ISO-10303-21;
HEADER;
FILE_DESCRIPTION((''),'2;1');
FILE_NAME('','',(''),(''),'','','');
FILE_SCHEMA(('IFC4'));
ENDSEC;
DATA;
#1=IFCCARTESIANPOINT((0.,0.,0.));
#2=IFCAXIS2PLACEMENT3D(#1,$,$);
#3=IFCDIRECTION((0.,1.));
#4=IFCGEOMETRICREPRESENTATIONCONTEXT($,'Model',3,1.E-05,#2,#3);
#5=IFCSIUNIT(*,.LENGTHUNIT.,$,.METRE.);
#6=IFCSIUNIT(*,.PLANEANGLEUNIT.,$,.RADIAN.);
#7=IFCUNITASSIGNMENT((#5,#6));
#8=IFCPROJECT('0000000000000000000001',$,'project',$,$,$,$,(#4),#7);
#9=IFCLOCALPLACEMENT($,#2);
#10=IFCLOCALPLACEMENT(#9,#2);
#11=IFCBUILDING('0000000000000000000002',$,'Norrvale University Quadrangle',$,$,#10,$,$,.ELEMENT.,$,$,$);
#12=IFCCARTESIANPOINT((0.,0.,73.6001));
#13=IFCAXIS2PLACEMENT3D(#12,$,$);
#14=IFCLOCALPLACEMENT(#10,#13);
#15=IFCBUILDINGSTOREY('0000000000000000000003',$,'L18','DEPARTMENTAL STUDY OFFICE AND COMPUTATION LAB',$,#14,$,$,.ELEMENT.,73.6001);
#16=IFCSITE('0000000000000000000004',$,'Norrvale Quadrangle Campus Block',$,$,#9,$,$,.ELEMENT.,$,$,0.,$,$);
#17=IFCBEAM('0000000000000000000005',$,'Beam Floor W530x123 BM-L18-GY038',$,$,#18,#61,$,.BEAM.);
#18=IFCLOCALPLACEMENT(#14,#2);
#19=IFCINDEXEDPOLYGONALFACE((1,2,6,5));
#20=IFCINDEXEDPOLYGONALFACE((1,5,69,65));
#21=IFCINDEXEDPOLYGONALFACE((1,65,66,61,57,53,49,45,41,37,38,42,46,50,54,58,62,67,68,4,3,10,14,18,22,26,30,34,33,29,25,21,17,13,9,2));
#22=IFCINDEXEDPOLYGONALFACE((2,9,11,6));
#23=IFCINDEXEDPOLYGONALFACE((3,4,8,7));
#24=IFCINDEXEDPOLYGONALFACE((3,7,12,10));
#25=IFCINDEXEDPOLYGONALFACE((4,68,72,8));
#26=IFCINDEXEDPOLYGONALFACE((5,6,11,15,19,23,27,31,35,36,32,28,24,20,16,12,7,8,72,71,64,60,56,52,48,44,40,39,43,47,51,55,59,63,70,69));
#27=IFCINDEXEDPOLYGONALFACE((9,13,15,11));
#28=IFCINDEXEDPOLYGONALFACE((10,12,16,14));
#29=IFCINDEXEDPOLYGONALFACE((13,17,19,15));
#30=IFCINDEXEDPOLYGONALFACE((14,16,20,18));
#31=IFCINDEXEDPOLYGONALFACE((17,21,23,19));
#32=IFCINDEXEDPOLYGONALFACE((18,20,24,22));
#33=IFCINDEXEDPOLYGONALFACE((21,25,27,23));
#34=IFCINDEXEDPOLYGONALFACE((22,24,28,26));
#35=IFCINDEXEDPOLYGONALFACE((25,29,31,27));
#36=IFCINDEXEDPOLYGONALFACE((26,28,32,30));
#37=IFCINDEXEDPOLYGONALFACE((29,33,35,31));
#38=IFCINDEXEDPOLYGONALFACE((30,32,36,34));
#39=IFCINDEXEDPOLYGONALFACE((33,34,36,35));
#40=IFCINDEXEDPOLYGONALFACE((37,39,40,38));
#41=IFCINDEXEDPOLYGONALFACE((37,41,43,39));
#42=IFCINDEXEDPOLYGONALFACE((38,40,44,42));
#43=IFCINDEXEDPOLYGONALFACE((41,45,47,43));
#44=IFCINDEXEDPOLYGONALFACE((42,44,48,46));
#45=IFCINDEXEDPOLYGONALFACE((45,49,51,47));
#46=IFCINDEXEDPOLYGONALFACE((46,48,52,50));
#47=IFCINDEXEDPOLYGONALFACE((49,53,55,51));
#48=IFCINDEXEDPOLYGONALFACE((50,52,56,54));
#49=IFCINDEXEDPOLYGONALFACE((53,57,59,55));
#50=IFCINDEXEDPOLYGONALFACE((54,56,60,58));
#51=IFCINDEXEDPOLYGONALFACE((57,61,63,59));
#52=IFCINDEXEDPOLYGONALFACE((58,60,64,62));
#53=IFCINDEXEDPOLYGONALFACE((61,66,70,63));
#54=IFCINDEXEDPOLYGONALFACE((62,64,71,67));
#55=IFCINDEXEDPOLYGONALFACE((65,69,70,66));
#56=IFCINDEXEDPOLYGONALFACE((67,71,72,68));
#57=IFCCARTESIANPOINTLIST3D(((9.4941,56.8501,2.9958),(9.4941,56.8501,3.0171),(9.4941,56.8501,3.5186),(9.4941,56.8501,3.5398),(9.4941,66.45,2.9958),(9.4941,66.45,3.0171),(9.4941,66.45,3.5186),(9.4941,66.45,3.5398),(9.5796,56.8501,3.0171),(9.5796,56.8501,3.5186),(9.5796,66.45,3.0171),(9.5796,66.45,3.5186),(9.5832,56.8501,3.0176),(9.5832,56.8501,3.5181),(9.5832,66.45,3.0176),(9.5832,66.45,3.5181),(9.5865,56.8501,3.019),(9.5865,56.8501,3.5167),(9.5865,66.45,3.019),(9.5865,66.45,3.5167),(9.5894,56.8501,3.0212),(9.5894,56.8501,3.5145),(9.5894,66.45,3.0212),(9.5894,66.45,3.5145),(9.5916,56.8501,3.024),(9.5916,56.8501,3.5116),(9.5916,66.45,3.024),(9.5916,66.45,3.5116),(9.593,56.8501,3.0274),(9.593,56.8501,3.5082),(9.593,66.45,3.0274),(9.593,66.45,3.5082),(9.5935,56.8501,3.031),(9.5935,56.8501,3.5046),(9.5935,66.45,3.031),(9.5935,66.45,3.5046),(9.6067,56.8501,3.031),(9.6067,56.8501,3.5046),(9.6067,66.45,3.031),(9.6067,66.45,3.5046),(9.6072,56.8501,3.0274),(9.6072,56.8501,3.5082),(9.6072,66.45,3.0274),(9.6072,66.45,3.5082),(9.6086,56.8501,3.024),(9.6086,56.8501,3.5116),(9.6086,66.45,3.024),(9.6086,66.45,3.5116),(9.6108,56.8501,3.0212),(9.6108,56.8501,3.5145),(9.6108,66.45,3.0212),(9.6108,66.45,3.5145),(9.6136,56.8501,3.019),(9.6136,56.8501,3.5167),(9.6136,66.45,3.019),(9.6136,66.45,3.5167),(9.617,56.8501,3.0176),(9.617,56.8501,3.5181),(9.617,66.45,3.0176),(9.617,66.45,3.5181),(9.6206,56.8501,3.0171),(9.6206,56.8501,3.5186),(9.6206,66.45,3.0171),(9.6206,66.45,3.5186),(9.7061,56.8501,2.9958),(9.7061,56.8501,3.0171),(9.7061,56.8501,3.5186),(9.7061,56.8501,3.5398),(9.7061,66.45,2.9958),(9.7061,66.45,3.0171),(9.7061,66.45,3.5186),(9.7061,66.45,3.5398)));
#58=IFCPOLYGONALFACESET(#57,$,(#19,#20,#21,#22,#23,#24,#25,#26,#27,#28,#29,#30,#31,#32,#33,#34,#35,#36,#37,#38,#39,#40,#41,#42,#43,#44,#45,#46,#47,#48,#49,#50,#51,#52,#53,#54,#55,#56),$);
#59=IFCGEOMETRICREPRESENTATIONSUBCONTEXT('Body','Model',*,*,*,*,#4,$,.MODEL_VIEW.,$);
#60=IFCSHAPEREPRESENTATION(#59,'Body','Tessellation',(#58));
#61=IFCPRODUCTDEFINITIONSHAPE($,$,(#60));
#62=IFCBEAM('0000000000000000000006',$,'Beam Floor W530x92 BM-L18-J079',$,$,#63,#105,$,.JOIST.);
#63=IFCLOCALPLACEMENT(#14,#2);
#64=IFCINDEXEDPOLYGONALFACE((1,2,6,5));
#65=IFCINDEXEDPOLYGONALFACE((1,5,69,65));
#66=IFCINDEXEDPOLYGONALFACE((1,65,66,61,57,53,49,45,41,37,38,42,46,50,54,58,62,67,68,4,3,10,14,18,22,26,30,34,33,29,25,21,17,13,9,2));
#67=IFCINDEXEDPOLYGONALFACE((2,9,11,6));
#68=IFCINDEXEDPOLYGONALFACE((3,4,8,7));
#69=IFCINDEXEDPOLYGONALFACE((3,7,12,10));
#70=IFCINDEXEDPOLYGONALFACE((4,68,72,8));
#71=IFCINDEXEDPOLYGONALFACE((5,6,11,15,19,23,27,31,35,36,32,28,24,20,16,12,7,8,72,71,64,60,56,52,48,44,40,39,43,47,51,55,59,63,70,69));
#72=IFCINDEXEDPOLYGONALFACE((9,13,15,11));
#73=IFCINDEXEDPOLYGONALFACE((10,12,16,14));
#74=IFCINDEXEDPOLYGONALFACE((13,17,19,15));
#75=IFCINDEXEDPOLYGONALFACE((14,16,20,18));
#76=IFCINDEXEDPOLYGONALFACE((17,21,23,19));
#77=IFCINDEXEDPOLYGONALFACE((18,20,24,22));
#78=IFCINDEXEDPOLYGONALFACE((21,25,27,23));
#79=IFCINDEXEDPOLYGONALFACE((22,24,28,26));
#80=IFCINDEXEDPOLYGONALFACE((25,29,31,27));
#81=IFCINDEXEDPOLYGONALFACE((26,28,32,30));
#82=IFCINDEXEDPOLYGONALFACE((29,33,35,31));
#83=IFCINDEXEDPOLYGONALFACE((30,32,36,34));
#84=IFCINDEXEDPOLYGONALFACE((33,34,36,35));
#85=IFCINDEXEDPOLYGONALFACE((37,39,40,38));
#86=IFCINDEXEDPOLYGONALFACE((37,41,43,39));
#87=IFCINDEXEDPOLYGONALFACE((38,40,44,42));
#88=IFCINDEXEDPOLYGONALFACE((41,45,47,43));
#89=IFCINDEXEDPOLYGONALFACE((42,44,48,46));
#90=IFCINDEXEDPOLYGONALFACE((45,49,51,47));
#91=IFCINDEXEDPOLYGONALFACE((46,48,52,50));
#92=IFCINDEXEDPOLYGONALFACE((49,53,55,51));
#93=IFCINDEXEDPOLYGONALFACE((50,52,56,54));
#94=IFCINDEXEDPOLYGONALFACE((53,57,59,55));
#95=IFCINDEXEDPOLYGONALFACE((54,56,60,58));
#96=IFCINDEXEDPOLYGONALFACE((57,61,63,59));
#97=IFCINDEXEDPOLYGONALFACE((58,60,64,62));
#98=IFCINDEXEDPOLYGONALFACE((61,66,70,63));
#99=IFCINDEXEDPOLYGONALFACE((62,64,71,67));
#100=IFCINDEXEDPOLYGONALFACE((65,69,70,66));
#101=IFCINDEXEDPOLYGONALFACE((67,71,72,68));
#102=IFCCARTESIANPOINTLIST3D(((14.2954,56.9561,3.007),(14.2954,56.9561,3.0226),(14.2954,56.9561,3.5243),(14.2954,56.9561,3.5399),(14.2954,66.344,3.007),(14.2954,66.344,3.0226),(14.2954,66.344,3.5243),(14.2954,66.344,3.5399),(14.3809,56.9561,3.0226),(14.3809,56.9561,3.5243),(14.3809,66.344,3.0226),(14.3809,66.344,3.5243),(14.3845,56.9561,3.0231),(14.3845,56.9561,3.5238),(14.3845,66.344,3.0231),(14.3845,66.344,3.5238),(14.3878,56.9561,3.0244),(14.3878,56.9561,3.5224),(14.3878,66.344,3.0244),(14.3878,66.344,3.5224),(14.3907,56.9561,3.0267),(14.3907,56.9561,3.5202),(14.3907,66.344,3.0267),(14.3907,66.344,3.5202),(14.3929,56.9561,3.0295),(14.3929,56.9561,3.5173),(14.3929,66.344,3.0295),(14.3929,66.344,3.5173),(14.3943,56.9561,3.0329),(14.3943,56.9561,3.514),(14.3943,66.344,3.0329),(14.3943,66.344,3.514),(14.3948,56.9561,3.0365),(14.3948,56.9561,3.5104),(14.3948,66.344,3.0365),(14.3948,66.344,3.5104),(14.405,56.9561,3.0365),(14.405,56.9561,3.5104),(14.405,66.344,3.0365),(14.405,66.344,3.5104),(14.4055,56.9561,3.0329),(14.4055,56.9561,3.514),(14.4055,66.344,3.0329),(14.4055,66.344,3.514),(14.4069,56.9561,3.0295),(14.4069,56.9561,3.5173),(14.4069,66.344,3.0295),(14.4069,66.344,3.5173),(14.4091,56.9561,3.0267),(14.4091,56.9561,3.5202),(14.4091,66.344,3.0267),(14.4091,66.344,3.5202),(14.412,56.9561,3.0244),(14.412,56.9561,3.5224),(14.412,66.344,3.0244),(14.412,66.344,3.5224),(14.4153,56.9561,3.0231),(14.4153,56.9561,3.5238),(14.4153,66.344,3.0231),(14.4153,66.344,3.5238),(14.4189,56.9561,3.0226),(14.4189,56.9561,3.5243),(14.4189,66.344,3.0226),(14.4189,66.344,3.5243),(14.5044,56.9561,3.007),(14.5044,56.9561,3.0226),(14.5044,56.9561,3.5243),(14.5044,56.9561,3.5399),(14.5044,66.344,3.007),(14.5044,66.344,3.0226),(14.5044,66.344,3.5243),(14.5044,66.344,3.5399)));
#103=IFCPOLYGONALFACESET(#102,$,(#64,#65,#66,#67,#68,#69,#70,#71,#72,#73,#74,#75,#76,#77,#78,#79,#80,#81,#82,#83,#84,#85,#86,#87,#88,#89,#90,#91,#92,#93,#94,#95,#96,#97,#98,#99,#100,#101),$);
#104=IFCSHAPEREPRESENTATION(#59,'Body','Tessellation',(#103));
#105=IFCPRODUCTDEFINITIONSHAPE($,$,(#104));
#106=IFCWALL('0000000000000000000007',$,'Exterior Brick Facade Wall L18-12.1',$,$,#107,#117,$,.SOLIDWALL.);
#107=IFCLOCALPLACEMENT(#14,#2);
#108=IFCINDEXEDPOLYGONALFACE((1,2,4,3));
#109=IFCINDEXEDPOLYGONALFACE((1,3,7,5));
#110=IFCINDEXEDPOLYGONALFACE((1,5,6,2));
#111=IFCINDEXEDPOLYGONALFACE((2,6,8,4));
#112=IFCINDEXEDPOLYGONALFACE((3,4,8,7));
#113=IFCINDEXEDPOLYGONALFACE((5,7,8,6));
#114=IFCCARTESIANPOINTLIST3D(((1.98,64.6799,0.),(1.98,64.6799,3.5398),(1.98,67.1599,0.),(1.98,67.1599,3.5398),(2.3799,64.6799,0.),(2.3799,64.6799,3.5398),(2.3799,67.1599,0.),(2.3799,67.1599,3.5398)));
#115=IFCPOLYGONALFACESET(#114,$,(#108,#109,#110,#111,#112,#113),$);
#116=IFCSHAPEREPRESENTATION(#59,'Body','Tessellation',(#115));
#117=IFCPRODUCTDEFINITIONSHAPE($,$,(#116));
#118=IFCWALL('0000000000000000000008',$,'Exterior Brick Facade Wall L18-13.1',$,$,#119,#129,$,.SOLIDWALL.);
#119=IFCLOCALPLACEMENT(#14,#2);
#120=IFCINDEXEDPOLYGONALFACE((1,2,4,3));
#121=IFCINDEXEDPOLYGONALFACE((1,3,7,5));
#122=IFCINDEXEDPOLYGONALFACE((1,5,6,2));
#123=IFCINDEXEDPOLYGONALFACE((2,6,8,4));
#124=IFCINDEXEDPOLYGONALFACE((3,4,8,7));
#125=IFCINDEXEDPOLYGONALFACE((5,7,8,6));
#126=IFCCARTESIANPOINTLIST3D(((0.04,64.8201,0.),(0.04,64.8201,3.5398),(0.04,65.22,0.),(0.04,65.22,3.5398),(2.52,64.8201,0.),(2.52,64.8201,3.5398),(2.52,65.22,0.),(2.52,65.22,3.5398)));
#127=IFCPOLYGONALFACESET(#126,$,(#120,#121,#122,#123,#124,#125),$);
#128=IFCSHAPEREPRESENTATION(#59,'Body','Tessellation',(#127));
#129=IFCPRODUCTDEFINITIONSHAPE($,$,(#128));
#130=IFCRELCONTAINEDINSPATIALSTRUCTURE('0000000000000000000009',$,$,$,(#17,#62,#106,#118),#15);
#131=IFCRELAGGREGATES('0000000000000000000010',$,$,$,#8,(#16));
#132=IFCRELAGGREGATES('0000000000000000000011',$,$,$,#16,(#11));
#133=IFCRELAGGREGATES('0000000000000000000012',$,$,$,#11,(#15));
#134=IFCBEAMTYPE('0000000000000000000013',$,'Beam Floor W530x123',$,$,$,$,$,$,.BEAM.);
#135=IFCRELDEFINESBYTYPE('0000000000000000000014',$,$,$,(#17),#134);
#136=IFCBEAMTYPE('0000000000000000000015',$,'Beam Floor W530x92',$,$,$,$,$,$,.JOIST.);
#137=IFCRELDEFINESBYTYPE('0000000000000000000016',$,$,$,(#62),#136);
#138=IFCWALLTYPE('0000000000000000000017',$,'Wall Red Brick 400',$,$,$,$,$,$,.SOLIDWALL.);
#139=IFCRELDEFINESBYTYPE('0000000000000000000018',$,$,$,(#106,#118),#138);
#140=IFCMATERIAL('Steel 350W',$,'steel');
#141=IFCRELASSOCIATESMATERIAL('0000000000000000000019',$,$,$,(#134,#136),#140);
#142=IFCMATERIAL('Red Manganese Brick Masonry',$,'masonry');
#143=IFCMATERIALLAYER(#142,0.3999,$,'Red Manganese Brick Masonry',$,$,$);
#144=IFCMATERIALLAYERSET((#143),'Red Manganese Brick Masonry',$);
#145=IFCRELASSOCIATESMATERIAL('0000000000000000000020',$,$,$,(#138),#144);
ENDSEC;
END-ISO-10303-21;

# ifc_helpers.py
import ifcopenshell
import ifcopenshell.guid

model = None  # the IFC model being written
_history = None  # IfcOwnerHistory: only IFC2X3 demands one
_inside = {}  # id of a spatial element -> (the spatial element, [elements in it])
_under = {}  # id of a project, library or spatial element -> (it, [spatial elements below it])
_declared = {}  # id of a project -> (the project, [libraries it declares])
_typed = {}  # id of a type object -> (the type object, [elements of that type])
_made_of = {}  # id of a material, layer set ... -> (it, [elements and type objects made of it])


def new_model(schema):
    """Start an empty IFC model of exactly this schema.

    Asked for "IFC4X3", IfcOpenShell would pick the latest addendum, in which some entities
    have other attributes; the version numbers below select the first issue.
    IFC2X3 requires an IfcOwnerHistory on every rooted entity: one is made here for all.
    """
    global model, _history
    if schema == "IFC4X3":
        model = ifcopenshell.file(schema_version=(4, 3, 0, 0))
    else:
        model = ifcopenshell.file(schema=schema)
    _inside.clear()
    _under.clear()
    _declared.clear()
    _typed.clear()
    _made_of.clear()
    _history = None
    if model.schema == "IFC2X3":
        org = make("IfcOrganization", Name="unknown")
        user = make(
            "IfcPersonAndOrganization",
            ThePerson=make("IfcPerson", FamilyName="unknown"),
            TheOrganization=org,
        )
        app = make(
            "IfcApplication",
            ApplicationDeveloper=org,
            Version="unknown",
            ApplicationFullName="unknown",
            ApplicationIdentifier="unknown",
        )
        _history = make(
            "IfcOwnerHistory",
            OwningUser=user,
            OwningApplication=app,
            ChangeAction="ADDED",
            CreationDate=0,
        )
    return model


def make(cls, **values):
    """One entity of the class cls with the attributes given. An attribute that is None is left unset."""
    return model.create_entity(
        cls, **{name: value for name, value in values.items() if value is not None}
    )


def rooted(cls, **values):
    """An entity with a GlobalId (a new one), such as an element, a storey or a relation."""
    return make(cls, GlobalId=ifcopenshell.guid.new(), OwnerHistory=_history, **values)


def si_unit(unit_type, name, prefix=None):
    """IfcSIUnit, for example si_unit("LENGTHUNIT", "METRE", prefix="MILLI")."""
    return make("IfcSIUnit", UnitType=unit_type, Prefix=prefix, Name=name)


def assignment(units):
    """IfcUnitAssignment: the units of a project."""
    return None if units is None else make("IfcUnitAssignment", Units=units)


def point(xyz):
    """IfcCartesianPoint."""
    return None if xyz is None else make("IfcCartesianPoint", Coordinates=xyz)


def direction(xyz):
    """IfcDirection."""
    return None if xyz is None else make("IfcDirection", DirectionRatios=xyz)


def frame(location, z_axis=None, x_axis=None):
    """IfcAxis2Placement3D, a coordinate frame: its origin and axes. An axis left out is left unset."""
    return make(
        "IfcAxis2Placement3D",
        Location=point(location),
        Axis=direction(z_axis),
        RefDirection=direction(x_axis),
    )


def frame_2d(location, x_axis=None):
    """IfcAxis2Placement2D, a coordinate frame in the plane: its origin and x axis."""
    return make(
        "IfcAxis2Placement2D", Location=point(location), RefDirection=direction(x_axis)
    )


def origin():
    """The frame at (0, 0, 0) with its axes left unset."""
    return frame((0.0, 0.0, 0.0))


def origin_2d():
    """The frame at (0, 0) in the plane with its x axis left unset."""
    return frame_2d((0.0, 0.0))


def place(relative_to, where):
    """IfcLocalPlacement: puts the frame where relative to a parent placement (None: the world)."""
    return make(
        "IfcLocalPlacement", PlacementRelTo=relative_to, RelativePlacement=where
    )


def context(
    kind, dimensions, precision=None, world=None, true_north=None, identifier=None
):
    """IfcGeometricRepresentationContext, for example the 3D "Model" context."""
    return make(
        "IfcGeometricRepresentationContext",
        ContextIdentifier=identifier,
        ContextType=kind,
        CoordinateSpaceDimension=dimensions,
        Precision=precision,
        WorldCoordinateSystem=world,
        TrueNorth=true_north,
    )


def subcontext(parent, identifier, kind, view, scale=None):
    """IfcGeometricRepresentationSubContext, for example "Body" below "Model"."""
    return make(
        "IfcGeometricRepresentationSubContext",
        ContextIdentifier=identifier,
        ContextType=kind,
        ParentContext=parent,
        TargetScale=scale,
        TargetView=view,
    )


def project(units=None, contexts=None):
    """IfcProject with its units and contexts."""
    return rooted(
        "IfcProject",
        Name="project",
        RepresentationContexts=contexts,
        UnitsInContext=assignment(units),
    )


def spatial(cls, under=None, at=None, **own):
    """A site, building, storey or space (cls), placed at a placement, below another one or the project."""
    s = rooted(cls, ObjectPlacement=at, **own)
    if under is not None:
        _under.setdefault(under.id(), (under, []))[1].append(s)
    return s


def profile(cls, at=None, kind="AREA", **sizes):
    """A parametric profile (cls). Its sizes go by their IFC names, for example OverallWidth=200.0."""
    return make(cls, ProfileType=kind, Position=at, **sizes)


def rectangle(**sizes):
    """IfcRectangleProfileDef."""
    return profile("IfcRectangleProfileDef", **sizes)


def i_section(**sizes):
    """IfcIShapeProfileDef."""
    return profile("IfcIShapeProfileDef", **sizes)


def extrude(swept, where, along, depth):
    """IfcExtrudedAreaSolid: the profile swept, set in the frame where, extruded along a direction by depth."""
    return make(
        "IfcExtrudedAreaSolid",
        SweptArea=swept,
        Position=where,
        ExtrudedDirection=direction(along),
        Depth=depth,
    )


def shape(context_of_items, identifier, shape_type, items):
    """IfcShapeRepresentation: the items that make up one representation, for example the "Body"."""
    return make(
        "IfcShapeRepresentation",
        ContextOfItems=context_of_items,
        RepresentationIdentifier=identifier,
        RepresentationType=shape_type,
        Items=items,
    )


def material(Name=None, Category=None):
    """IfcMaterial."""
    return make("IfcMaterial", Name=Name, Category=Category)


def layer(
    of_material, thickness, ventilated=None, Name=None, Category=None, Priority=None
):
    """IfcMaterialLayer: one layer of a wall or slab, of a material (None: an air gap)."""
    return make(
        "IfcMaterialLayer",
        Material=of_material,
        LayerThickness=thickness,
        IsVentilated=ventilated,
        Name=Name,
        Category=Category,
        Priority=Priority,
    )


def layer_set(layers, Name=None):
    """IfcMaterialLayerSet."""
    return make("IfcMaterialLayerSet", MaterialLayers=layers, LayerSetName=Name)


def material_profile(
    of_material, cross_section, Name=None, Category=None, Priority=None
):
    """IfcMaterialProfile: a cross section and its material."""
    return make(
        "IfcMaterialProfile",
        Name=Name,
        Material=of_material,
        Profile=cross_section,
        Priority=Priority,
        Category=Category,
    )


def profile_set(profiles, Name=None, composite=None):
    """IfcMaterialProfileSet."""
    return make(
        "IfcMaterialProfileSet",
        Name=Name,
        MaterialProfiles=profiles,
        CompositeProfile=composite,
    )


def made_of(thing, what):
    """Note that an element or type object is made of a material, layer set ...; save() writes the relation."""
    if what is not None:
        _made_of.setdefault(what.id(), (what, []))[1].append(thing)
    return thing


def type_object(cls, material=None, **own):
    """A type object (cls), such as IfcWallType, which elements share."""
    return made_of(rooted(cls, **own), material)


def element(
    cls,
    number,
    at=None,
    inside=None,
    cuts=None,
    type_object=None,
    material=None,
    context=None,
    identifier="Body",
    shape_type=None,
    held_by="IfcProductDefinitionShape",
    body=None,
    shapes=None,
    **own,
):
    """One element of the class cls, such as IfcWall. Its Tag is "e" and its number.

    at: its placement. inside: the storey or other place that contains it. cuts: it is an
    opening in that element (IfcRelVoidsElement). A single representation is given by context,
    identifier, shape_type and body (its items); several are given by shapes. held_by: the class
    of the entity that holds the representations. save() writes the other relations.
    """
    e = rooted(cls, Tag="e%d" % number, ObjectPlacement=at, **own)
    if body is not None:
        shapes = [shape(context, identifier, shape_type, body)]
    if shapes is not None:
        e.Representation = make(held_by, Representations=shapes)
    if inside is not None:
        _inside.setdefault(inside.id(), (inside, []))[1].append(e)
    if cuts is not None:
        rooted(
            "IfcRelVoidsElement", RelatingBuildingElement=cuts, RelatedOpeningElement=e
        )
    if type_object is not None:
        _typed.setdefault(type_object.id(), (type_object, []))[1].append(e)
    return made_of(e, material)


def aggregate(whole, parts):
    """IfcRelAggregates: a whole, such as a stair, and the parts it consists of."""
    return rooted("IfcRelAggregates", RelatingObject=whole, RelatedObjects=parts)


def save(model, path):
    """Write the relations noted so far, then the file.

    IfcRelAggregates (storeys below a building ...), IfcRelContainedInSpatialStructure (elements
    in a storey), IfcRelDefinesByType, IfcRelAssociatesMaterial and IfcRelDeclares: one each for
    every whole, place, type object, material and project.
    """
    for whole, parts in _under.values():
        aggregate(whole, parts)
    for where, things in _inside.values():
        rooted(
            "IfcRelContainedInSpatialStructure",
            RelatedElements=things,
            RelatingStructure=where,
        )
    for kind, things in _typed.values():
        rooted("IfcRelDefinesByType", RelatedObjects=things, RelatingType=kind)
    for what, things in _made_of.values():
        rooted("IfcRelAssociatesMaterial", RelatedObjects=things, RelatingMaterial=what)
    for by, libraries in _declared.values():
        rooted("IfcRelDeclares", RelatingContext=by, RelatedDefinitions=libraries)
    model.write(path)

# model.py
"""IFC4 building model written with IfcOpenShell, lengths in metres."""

from ifc_helpers import new_model, si_unit, direction, frame, frame_2d, origin, origin_2d, place, context, subcontext, project, spatial, rectangle, i_section, extrude, material, layer, layer_set, material_profile, profile_set, type_object, element, save


model = new_model("IFC4")

# Units and contexts
model_context = context("Model", 3, precision=1e-05, world=origin(), true_north=direction((0.0, 1.0)))
body_context = subcontext(model_context, "Body", "Model", "MODEL_VIEW")
ifc_project = project(units=[si_unit("LENGTHUNIT", "METRE"), si_unit("PLANEANGLEUNIT", "RADIAN")], contexts=[model_context])

# Site, building, storey
site_placement = place(None, origin())
site = spatial("IfcSite", under=ifc_project, at=site_placement, Name="Norrvale Quadrangle Campus Block", CompositionType="ELEMENT", RefElevation=0.0)
building_placement = place(site_placement, origin())
building = spatial("IfcBuilding", under=site, at=building_placement, Name="Norrvale University Quadrangle", CompositionType="ELEMENT")
storey_placement = place(building_placement, frame((0.0, 0.0, 73.6001)))
storey = spatial("IfcBuildingStorey", under=building, at=storey_placement, Name="L18", Description="DEPARTMENTAL STUDY OFFICE AND COMPUTATION LAB", CompositionType="ELEMENT", Elevation=73.6001)

# Beams
ifc_material_1 = material(Name="Steel 350W", Category="steel")
ifc_material_profile_1 = material_profile(ifc_material_1, i_section(OverallWidth=0.2119, OverallDepth=0.5439, WebThickness=0.0132, FlangeThickness=0.0212, FilletRadius=0.0139, at=origin_2d()), Name="Steel 350W")
ifc_profile_set_1 = profile_set([ifc_material_profile_1], Name="Steel 350W")
beam_type_1 = type_object("IfcBeamType", Name="Beam Floor W530x123", PredefinedType="BEAM", material=ifc_profile_set_1)
for number, where, z_axis, x_axis, name in (
    (1, (9.6001, 56.8501, 3.2678), (0.0, 1.0, 0.0), (-1.0, 0.0, 0.0), "Beam Floor W530x123 BM-L18-GY038"),
):
    element("IfcBeam", number, at=place(storey_placement, frame(where, z_axis=z_axis, x_axis=x_axis)), inside=storey, type_object=beam_type_1, Name=name, PredefinedType="BEAM", context=body_context, shape_type="SweptSolid", body=[
        extrude(i_section(OverallWidth=0.2119, OverallDepth=0.5439, WebThickness=0.0132, FlangeThickness=0.0212, FilletRadius=0.0139, at=origin_2d()), origin(), (0.0, 0.0, 1.0), 9.5999),
    ])
ifc_material_profile_2 = material_profile(ifc_material_1, i_section(OverallWidth=0.209, OverallDepth=0.533, WebThickness=0.0103, FlangeThickness=0.0156, FilletRadius=0.0139, at=origin_2d()), Name="Steel 350W")
ifc_profile_set_2 = profile_set([ifc_material_profile_2], Name="Steel 350W")
beam_type_2 = type_object("IfcBeamType", Name="Beam Floor W530x92", PredefinedType="JOIST", material=ifc_profile_set_2)
beam_1_placement = place(storey_placement, frame((14.3999, 56.9561, 3.2734), z_axis=(0.0, 1.0, 0.0), x_axis=(-1.0, 0.0, 0.0)))
element("IfcBeam", 2, at=beam_1_placement, inside=storey, type_object=beam_type_2, Name="Beam Floor W530x92 BM-L18-J079", PredefinedType="JOIST", context=body_context, shape_type="SweptSolid", body=[
    extrude(i_section(OverallWidth=0.209, OverallDepth=0.533, WebThickness=0.0103, FlangeThickness=0.0156, FilletRadius=0.0139, at=origin_2d()), origin(), (0.0, 0.0, 1.0), 9.3879),
])

# Walls
ifc_material_2 = material(Name="Red Manganese Brick Masonry", Category="masonry")
ifc_layer = layer(ifc_material_2, 0.3999, Name="Red Manganese Brick Masonry")
ifc_layer_set = layer_set([ifc_layer], Name="Red Manganese Brick Masonry")
wall_type = type_object("IfcWallType", Name="Wall Red Brick 400", PredefinedType="SOLIDWALL", material=ifc_layer_set)
for number, where, z_axis, x_axis, name in (
    (3, (2.1799, 67.1599, 0.0), (0.0, 0.0, 1.0), (0.0, -1.0, 0.0), "Exterior Brick Facade Wall L18-12.1"),
    (4, (2.52, 65.02, 0.0), (0.0, 0.0, 1.0), (-1.0, 0.0, 0.0), "Exterior Brick Facade Wall L18-13.1"),
):
    element("IfcWall", number, at=place(storey_placement, frame(where, z_axis=z_axis, x_axis=x_axis)), inside=storey, type_object=wall_type, Name=name, PredefinedType="SOLIDWALL", context=body_context, shape_type="SweptSolid", body=[
        extrude(rectangle(XDim=2.48, YDim=0.3999, at=frame_2d((1.24, 0.0))), origin(), (0.0, 0.0, 1.0), 3.5398),
    ])

save(model, "model.ifc")
